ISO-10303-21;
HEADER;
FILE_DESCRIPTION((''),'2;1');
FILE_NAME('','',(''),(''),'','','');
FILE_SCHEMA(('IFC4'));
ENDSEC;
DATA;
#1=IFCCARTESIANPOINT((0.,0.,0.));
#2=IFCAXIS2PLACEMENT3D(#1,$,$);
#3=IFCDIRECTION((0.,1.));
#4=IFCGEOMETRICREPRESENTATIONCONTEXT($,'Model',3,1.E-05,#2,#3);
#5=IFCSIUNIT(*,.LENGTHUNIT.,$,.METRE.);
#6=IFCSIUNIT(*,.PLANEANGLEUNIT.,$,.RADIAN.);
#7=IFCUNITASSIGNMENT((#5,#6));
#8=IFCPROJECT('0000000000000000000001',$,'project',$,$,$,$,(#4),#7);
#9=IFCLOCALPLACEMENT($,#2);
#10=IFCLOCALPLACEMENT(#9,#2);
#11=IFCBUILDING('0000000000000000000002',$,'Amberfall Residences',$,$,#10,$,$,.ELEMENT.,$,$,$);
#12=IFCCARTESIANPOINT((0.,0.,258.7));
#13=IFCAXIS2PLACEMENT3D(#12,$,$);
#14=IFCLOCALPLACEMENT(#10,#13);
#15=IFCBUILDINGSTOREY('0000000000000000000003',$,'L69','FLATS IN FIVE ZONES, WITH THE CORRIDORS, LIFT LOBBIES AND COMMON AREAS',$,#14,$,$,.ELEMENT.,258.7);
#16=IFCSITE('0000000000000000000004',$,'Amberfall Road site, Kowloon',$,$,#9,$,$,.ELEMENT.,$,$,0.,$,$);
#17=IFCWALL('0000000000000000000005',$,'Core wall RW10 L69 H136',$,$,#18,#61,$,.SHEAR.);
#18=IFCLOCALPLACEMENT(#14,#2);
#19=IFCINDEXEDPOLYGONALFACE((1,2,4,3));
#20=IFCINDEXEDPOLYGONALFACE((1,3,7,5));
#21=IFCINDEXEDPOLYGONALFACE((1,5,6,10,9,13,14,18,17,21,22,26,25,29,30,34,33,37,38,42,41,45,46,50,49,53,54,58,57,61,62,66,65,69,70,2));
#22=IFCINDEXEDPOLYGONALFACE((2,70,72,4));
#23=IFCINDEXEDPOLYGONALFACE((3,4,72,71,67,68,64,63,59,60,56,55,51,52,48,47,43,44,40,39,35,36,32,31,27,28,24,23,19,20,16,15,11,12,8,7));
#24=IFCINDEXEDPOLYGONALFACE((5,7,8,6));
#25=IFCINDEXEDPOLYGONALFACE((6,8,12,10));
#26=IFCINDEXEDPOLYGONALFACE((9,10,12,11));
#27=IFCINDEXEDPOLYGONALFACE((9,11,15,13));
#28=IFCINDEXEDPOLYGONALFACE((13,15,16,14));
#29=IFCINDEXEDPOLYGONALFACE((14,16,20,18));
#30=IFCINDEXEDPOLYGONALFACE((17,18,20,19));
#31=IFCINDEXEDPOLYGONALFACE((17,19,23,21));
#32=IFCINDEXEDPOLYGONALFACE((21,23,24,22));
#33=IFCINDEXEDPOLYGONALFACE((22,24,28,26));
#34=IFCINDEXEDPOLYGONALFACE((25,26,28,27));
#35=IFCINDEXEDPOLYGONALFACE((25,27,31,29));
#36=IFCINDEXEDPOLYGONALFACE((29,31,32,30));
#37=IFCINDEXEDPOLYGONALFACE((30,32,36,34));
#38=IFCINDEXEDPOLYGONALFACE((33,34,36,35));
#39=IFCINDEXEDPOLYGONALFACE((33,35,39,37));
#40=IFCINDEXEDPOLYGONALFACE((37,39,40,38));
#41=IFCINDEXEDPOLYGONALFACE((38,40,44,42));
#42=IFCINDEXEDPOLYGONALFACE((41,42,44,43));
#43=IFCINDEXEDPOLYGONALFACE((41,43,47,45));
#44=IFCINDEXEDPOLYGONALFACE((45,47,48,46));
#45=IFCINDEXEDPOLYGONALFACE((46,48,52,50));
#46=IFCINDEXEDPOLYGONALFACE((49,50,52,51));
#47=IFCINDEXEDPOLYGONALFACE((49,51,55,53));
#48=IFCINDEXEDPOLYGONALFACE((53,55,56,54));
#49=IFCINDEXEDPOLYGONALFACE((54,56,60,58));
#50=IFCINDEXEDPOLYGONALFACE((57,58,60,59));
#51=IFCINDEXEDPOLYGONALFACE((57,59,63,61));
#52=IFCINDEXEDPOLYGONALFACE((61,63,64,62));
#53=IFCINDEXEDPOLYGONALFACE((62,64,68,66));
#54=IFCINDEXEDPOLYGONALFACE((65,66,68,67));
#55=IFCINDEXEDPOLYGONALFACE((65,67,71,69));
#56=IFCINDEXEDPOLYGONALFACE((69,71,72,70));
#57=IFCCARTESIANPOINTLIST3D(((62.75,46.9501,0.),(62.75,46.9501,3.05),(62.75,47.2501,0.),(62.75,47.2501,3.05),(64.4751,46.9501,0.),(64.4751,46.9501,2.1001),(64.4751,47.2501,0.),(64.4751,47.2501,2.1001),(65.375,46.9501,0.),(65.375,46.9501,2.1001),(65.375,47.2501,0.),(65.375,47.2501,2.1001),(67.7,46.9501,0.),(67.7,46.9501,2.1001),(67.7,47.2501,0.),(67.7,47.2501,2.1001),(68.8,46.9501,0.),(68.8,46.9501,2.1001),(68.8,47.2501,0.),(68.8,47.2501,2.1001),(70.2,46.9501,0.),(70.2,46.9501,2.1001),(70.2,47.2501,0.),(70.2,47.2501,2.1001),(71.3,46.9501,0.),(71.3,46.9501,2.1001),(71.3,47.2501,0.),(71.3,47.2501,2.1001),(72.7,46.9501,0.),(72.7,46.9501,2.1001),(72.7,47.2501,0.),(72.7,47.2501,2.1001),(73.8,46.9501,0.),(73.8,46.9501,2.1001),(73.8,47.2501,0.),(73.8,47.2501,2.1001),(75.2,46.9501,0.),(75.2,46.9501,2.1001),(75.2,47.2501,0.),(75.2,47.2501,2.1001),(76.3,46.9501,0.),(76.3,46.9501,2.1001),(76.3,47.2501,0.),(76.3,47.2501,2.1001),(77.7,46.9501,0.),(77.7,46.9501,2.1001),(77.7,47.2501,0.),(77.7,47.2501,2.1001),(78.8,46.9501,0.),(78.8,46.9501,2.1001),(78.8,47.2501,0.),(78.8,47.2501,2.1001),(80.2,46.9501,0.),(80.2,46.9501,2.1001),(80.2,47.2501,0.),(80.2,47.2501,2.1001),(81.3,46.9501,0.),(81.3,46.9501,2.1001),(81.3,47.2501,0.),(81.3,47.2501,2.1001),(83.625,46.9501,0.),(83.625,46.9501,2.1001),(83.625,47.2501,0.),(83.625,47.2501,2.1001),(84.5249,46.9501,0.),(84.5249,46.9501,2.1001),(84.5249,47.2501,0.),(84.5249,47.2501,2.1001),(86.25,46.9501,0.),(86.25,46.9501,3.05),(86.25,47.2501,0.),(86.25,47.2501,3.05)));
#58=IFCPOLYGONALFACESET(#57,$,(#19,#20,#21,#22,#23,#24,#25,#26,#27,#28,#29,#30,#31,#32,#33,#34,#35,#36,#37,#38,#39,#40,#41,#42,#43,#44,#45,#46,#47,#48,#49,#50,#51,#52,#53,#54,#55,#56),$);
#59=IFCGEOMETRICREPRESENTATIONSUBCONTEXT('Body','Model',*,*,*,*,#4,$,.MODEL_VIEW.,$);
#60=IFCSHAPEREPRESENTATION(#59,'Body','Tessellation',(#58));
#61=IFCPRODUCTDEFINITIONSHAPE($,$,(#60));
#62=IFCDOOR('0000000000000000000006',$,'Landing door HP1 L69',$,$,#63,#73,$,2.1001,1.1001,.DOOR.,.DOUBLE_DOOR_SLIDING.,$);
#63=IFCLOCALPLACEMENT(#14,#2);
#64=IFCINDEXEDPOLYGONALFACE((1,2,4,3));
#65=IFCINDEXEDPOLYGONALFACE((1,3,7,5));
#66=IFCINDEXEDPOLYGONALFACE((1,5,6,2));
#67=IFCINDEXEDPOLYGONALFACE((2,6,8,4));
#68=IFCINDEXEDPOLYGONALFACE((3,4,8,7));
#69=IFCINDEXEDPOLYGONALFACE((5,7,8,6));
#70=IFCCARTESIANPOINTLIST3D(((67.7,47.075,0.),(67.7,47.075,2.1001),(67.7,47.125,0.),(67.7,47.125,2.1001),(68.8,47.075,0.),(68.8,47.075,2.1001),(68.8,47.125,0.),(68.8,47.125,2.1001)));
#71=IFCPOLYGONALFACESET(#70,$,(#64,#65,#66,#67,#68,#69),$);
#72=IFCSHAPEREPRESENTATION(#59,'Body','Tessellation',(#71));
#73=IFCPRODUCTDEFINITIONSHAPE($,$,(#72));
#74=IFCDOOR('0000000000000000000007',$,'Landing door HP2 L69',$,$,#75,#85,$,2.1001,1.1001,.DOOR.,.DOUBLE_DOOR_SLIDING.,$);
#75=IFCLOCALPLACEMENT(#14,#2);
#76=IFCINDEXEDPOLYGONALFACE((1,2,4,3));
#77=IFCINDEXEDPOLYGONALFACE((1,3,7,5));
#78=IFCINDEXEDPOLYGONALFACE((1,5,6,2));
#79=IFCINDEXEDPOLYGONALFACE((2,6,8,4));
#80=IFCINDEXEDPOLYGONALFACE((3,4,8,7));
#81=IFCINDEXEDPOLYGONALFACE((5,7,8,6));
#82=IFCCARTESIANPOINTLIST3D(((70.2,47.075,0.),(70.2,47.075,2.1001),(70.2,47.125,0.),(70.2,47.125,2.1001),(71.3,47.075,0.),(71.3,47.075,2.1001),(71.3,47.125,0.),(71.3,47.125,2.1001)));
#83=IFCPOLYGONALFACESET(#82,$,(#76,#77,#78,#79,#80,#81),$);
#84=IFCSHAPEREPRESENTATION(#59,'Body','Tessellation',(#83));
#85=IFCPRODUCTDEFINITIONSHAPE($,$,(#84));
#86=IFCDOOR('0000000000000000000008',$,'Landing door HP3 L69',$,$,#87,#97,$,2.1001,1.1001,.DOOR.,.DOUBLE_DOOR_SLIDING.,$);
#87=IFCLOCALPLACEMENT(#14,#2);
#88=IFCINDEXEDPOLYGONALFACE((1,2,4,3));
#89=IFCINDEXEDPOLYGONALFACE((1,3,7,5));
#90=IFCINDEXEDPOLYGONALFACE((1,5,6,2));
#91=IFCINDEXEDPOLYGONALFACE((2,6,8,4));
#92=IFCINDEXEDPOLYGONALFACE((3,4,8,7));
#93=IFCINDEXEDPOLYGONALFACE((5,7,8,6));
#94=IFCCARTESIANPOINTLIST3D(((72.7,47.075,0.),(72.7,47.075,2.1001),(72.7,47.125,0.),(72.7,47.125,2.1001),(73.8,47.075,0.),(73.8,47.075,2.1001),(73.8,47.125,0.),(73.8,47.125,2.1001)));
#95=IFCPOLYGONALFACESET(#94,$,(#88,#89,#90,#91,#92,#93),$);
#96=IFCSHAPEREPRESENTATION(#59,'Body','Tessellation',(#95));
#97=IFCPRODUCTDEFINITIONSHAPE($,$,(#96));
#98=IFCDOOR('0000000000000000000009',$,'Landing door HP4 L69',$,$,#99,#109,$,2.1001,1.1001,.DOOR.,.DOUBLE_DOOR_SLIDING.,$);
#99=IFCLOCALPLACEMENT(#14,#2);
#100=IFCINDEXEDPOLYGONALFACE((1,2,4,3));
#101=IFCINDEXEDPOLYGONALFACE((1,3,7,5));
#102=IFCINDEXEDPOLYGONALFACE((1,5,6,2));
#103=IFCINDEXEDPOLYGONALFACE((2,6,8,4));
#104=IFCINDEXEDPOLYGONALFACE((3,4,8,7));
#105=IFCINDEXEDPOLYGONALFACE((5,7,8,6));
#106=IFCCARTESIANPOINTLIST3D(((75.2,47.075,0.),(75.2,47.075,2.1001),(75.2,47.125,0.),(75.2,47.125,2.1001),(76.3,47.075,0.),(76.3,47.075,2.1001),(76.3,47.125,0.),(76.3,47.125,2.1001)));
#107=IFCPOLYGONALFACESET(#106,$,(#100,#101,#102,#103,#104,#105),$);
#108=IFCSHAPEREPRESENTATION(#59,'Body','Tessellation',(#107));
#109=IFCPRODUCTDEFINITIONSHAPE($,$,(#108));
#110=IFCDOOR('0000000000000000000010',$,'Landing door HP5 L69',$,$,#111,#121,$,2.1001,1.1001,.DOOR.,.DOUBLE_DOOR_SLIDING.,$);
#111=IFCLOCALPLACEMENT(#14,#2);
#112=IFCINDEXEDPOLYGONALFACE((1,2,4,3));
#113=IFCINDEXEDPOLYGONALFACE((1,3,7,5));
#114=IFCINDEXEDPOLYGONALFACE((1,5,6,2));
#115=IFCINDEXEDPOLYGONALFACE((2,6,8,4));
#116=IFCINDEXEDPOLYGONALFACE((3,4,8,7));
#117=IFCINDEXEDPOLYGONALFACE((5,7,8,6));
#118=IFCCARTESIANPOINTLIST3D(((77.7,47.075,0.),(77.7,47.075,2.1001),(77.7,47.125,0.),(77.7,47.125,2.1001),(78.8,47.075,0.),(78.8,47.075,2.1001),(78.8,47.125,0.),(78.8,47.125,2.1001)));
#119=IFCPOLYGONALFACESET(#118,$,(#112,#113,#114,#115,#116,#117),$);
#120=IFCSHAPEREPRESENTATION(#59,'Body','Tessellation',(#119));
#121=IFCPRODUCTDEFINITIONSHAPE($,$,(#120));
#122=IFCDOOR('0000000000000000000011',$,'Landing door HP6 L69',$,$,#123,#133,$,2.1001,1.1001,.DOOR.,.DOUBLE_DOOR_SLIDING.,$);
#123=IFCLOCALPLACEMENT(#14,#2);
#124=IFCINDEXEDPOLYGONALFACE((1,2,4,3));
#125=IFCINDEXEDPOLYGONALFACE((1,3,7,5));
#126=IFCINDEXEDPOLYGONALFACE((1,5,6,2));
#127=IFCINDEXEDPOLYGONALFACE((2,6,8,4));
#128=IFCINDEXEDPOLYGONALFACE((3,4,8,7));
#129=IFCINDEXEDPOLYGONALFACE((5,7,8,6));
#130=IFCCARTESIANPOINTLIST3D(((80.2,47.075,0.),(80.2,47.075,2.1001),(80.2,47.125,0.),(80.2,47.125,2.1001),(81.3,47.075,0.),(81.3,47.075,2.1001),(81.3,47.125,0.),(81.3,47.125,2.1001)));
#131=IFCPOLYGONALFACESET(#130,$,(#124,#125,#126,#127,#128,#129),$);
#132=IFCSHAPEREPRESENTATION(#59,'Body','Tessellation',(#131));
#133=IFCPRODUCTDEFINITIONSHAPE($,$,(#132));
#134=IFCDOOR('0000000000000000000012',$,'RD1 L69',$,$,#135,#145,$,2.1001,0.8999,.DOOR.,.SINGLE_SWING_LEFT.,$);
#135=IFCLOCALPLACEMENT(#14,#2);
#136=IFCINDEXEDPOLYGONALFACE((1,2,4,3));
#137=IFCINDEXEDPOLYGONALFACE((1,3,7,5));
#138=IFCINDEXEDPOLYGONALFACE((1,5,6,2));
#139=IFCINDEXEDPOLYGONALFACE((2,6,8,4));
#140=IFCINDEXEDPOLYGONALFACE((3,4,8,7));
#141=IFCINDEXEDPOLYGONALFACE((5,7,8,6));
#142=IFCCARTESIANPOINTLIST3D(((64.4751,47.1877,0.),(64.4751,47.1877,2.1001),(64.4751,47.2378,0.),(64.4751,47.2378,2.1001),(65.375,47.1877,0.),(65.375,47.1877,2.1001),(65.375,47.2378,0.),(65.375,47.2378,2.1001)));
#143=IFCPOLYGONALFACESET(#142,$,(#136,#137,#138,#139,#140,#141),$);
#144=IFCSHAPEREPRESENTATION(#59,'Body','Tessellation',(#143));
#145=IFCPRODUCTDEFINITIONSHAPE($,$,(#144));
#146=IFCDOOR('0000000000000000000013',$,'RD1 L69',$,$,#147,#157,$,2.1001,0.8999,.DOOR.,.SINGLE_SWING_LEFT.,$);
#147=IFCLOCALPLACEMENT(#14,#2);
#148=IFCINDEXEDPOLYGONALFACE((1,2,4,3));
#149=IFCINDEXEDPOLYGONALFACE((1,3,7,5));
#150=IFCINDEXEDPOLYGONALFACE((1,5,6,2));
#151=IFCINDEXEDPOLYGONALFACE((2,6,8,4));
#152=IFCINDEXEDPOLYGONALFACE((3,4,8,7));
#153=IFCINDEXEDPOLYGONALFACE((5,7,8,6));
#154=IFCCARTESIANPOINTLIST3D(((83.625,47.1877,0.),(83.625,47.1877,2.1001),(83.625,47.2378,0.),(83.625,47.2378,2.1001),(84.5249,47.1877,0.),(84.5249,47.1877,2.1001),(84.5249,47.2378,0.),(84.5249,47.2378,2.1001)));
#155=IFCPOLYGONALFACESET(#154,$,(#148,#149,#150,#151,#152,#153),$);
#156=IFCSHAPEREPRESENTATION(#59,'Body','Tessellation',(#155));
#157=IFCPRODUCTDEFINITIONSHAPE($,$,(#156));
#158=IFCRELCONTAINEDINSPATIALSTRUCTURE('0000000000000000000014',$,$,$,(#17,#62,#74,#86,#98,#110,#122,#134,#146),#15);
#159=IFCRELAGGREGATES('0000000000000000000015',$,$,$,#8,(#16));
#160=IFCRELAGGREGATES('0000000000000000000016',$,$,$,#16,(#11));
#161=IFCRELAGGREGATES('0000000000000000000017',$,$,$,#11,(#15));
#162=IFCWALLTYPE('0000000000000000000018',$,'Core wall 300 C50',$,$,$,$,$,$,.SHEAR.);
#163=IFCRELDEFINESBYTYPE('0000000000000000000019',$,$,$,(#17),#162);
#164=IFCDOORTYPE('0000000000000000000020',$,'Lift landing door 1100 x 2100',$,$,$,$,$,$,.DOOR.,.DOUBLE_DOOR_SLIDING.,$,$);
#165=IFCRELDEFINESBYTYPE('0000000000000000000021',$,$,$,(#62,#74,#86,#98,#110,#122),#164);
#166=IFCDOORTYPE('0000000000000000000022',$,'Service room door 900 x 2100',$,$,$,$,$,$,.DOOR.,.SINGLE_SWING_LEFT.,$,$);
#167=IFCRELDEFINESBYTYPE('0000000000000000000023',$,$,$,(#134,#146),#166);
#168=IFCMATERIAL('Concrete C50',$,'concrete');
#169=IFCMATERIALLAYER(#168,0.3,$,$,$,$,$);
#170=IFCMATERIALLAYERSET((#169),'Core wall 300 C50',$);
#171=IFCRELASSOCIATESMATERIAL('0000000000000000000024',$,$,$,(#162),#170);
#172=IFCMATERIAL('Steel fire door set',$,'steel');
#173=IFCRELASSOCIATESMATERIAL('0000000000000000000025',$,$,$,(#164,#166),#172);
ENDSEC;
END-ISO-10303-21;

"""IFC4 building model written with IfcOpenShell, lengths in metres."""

from ifc_helpers import new_model, si_unit, direction, frame, frame_2d, origin, place, context, subcontext, project, spatial, rectangle, extrude, material, layer, layer_set, type_object, element, fill, save


model = new_model("IFC4")

# Units and contexts
model_context = context("Model", 3, precision=1e-05, world=origin(), true_north=direction((0.0, 1.0)))
body_context = subcontext(model_context, "Body", "Model", "MODEL_VIEW")
ifc_project = project(units=[si_unit("LENGTHUNIT", "METRE"), si_unit("PLANEANGLEUNIT", "RADIAN")], contexts=[model_context])

# Site, building, storey
site_placement = place(None, origin())
site = spatial("IfcSite", under=ifc_project, at=site_placement, Name="Amberfall Road site, Kowloon", CompositionType="ELEMENT", RefElevation=0.0)
building_placement = place(site_placement, origin())
building = spatial("IfcBuilding", under=site, at=building_placement, Name="Amberfall Residences", CompositionType="ELEMENT")
storey_placement = place(building_placement, frame((0.0, 0.0, 258.7)))
storey = spatial("IfcBuildingStorey", under=building, at=storey_placement, Name="L69", Description="FLATS IN FIVE ZONES, WITH THE CORRIDORS, LIFT LOBBIES AND COMMON AREAS", CompositionType="ELEMENT", Elevation=258.7)

# Wall, openings, doors
ifc_material_1 = material(Name="Concrete C50", Category="concrete")
ifc_layer_1 = layer(ifc_material_1, 0.3)
ifc_layer_set_1 = layer_set([ifc_layer_1], Name="Core wall 300 C50")
wall_type_1 = type_object("IfcWallType", Name="Core wall 300 C50", PredefinedType="SHEAR", material=ifc_layer_set_1)
wall_1_placement = place(storey_placement, frame((62.75, 47.1001, 0.0), z_axis=(0.0, 0.0, 1.0), x_axis=(1.0, 0.0, 0.0)))
wall_1 = element("IfcWall", 1, at=wall_1_placement, inside=storey, type_object=wall_type_1, Name="Core wall RW10 L69 H136", PredefinedType="SHEAR", context=body_context, shape_type="SweptSolid", body=[
    extrude(rectangle(XDim=23.5, YDim=0.3, at=frame_2d((11.75, 0.0))), origin(), (0.0, 0.0, 1.0), 3.05),
])
opening_1_placement = place(wall_1_placement, frame((1.7251, 0.0, 0.0)))
opening_1 = element("IfcOpeningElement", 2, at=opening_1_placement, cuts=wall_1, PredefinedType="OPENING", context=body_context, shape_type="SweptSolid", body=[
    extrude(rectangle(XDim=0.8999, YDim=2.1001, at=frame_2d((0.45, 1.05))), frame((0.0, 0.1599, 0.0), z_axis=(0.0, -1.0, 0.0), x_axis=(1.0, 0.0, 0.0)), (0.0, 0.0, 1.0), 0.3201),
])
opening_2_placement = place(wall_1_placement, frame((20.875, 0.0, 0.0)))
opening_2 = element("IfcOpeningElement", 3, at=opening_2_placement, cuts=wall_1, PredefinedType="OPENING", context=body_context, shape_type="SweptSolid", body=[
    extrude(rectangle(XDim=0.8999, YDim=2.1001, at=frame_2d((0.45, 1.05))), frame((0.0, 0.1599, 0.0), z_axis=(0.0, -1.0, 0.0), x_axis=(1.0, 0.0, 0.0)), (0.0, 0.0, 1.0), 0.3201),
])
opening_3_placement = place(wall_1_placement, frame((4.95, 0.0, 0.0)))
opening_3 = element("IfcOpeningElement", 4, at=opening_3_placement, cuts=wall_1, PredefinedType="OPENING", context=body_context, shape_type="SweptSolid", body=[
    extrude(rectangle(XDim=1.1001, YDim=2.1001, at=frame_2d((0.55, 1.05))), frame((0.0, 0.1599, 0.0), z_axis=(0.0, -1.0, 0.0), x_axis=(1.0, 0.0, 0.0)), (0.0, 0.0, 1.0), 0.3201),
])
opening_4_placement = place(wall_1_placement, frame((7.45, 0.0, 0.0)))
opening_4 = element("IfcOpeningElement", 5, at=opening_4_placement, cuts=wall_1, PredefinedType="OPENING", context=body_context, shape_type="SweptSolid", body=[
    extrude(rectangle(XDim=1.1001, YDim=2.1001, at=frame_2d((0.55, 1.05))), frame((0.0, 0.1599, 0.0), z_axis=(0.0, -1.0, 0.0), x_axis=(1.0, 0.0, 0.0)), (0.0, 0.0, 1.0), 0.3201),
])
opening_5_placement = place(wall_1_placement, frame((9.95, 0.0, 0.0)))
opening_5 = element("IfcOpeningElement", 6, at=opening_5_placement, cuts=wall_1, PredefinedType="OPENING", context=body_context, shape_type="SweptSolid", body=[
    extrude(rectangle(XDim=1.1001, YDim=2.1001, at=frame_2d((0.55, 1.05))), frame((0.0, 0.1599, 0.0), z_axis=(0.0, -1.0, 0.0), x_axis=(1.0, 0.0, 0.0)), (0.0, 0.0, 1.0), 0.3201),
])
opening_6_placement = place(wall_1_placement, frame((12.45, 0.0, 0.0)))
opening_6 = element("IfcOpeningElement", 7, at=opening_6_placement, cuts=wall_1, PredefinedType="OPENING", context=body_context, shape_type="SweptSolid", body=[
    extrude(rectangle(XDim=1.1001, YDim=2.1001, at=frame_2d((0.55, 1.05))), frame((0.0, 0.1599, 0.0), z_axis=(0.0, -1.0, 0.0), x_axis=(1.0, 0.0, 0.0)), (0.0, 0.0, 1.0), 0.3201),
])
opening_7_placement = place(wall_1_placement, frame((14.95, 0.0, 0.0)))
opening_7 = element("IfcOpeningElement", 8, at=opening_7_placement, cuts=wall_1, PredefinedType="OPENING", context=body_context, shape_type="SweptSolid", body=[
    extrude(rectangle(XDim=1.1001, YDim=2.1001, at=frame_2d((0.55, 1.05))), frame((0.0, 0.1599, 0.0), z_axis=(0.0, -1.0, 0.0), x_axis=(1.0, 0.0, 0.0)), (0.0, 0.0, 1.0), 0.3201),
])
opening_8_placement = place(wall_1_placement, frame((17.45, 0.0, 0.0)))
opening_8 = element("IfcOpeningElement", 9, at=opening_8_placement, cuts=wall_1, PredefinedType="OPENING", context=body_context, shape_type="SweptSolid", body=[
    extrude(rectangle(XDim=1.1001, YDim=2.1001, at=frame_2d((0.55, 1.05))), frame((0.0, 0.1599, 0.0), z_axis=(0.0, -1.0, 0.0), x_axis=(1.0, 0.0, 0.0)), (0.0, 0.0, 1.0), 0.3201),
])
ifc_material_2 = material(Name="Steel fire door set", Category="steel")
door_type_1 = type_object("IfcDoorType", Name="Lift landing door 1100 x 2100", OperationType="DOUBLE_DOOR_SLIDING", PredefinedType="DOOR", material=ifc_material_2)
door_1_placement = place(opening_3_placement, origin())
door_1 = element("IfcDoor", 10, at=door_1_placement, inside=storey, type_object=door_type_1, Name="Landing door HP1 L69", OperationType="DOUBLE_DOOR_SLIDING", OverallHeight=2.1001, OverallWidth=1.1001, PredefinedType="DOOR", context=body_context, shape_type="SweptSolid", body=[
    extrude(rectangle(XDim=1.1001, YDim=2.1001, at=frame_2d((0.55, 1.05))), frame((0.0, 0.0249, 0.0), z_axis=(0.0, -1.0, 0.0), x_axis=(1.0, 0.0, 0.0)), (0.0, 0.0, 1.0), 0.05),
])
fill(opening_3, door_1)
door_2_placement = place(opening_4_placement, origin())
door_2 = element("IfcDoor", 11, at=door_2_placement, inside=storey, type_object=door_type_1, Name="Landing door HP2 L69", OperationType="DOUBLE_DOOR_SLIDING", OverallHeight=2.1001, OverallWidth=1.1001, PredefinedType="DOOR", context=body_context, shape_type="SweptSolid", body=[
    extrude(rectangle(XDim=1.1001, YDim=2.1001, at=frame_2d((0.55, 1.05))), frame((0.0, 0.0249, 0.0), z_axis=(0.0, -1.0, 0.0), x_axis=(1.0, 0.0, 0.0)), (0.0, 0.0, 1.0), 0.05),
])
fill(opening_4, door_2)
door_3_placement = place(opening_5_placement, origin())
door_3 = element("IfcDoor", 12, at=door_3_placement, inside=storey, type_object=door_type_1, Name="Landing door HP3 L69", OperationType="DOUBLE_DOOR_SLIDING", OverallHeight=2.1001, OverallWidth=1.1001, PredefinedType="DOOR", context=body_context, shape_type="SweptSolid", body=[
    extrude(rectangle(XDim=1.1001, YDim=2.1001, at=frame_2d((0.55, 1.05))), frame((0.0, 0.0249, 0.0), z_axis=(0.0, -1.0, 0.0), x_axis=(1.0, 0.0, 0.0)), (0.0, 0.0, 1.0), 0.05),
])
fill(opening_5, door_3)
door_4_placement = place(opening_6_placement, origin())
door_4 = element("IfcDoor", 13, at=door_4_placement, inside=storey, type_object=door_type_1, Name="Landing door HP4 L69", OperationType="DOUBLE_DOOR_SLIDING", OverallHeight=2.1001, OverallWidth=1.1001, PredefinedType="DOOR", context=body_context, shape_type="SweptSolid", body=[
    extrude(rectangle(XDim=1.1001, YDim=2.1001, at=frame_2d((0.55, 1.05))), frame((0.0, 0.0249, 0.0), z_axis=(0.0, -1.0, 0.0), x_axis=(1.0, 0.0, 0.0)), (0.0, 0.0, 1.0), 0.05),
])
fill(opening_6, door_4)
door_5_placement = place(opening_7_placement, origin())
door_5 = element("IfcDoor", 14, at=door_5_placement, inside=storey, type_object=door_type_1, Name="Landing door HP5 L69", OperationType="DOUBLE_DOOR_SLIDING", OverallHeight=2.1001, OverallWidth=1.1001, PredefinedType="DOOR", context=body_context, shape_type="SweptSolid", body=[
    extrude(rectangle(XDim=1.1001, YDim=2.1001, at=frame_2d((0.55, 1.05))), frame((0.0, 0.0249, 0.0), z_axis=(0.0, -1.0, 0.0), x_axis=(1.0, 0.0, 0.0)), (0.0, 0.0, 1.0), 0.05),
])
fill(opening_7, door_5)
door_6_placement = place(opening_8_placement, origin())
door_6 = element("IfcDoor", 15, at=door_6_placement, inside=storey, type_object=door_type_1, Name="Landing door HP6 L69", OperationType="DOUBLE_DOOR_SLIDING", OverallHeight=2.1001, OverallWidth=1.1001, PredefinedType="DOOR", context=body_context, shape_type="SweptSolid", body=[
    extrude(rectangle(XDim=1.1001, YDim=2.1001, at=frame_2d((0.55, 1.05))), frame((0.0, 0.0249, 0.0), z_axis=(0.0, -1.0, 0.0), x_axis=(1.0, 0.0, 0.0)), (0.0, 0.0, 1.0), 0.05),
])
fill(opening_8, door_6)
door_type_2 = type_object("IfcDoorType", Name="Service room door 900 x 2100", OperationType="SINGLE_SWING_LEFT", PredefinedType="DOOR", material=ifc_material_2)
door_7_placement = place(opening_1_placement, origin())
door_7 = element("IfcDoor", 16, at=door_7_placement, inside=storey, type_object=door_type_2, Name="RD1 L69", OperationType="SINGLE_SWING_LEFT", OverallHeight=2.1001, OverallWidth=0.8999, PredefinedType="DOOR", context=body_context, shape_type="SweptSolid", body=[
    extrude(rectangle(XDim=0.8999, YDim=2.1001, at=frame_2d((0.45, 1.05))), frame((0.0, 0.1377, 0.0), z_axis=(0.0, -1.0, 0.0), x_axis=(1.0, 0.0, 0.0)), (0.0, 0.0, 1.0), 0.05),
])
fill(opening_1, door_7)
door_8_placement = place(opening_2_placement, origin())
door_8 = element("IfcDoor", 17, at=door_8_placement, inside=storey, type_object=door_type_2, Name="RD1 L69", OperationType="SINGLE_SWING_LEFT", OverallHeight=2.1001, OverallWidth=0.8999, PredefinedType="DOOR", context=body_context, shape_type="SweptSolid", body=[
    extrude(rectangle(XDim=0.8999, YDim=2.1001, at=frame_2d((0.45, 1.05))), frame((0.0, 0.1377, 0.0), z_axis=(0.0, -1.0, 0.0), x_axis=(1.0, 0.0, 0.0)), (0.0, 0.0, 1.0), 0.05),
])
fill(opening_2, door_8)

save(model, "model.ifc")
